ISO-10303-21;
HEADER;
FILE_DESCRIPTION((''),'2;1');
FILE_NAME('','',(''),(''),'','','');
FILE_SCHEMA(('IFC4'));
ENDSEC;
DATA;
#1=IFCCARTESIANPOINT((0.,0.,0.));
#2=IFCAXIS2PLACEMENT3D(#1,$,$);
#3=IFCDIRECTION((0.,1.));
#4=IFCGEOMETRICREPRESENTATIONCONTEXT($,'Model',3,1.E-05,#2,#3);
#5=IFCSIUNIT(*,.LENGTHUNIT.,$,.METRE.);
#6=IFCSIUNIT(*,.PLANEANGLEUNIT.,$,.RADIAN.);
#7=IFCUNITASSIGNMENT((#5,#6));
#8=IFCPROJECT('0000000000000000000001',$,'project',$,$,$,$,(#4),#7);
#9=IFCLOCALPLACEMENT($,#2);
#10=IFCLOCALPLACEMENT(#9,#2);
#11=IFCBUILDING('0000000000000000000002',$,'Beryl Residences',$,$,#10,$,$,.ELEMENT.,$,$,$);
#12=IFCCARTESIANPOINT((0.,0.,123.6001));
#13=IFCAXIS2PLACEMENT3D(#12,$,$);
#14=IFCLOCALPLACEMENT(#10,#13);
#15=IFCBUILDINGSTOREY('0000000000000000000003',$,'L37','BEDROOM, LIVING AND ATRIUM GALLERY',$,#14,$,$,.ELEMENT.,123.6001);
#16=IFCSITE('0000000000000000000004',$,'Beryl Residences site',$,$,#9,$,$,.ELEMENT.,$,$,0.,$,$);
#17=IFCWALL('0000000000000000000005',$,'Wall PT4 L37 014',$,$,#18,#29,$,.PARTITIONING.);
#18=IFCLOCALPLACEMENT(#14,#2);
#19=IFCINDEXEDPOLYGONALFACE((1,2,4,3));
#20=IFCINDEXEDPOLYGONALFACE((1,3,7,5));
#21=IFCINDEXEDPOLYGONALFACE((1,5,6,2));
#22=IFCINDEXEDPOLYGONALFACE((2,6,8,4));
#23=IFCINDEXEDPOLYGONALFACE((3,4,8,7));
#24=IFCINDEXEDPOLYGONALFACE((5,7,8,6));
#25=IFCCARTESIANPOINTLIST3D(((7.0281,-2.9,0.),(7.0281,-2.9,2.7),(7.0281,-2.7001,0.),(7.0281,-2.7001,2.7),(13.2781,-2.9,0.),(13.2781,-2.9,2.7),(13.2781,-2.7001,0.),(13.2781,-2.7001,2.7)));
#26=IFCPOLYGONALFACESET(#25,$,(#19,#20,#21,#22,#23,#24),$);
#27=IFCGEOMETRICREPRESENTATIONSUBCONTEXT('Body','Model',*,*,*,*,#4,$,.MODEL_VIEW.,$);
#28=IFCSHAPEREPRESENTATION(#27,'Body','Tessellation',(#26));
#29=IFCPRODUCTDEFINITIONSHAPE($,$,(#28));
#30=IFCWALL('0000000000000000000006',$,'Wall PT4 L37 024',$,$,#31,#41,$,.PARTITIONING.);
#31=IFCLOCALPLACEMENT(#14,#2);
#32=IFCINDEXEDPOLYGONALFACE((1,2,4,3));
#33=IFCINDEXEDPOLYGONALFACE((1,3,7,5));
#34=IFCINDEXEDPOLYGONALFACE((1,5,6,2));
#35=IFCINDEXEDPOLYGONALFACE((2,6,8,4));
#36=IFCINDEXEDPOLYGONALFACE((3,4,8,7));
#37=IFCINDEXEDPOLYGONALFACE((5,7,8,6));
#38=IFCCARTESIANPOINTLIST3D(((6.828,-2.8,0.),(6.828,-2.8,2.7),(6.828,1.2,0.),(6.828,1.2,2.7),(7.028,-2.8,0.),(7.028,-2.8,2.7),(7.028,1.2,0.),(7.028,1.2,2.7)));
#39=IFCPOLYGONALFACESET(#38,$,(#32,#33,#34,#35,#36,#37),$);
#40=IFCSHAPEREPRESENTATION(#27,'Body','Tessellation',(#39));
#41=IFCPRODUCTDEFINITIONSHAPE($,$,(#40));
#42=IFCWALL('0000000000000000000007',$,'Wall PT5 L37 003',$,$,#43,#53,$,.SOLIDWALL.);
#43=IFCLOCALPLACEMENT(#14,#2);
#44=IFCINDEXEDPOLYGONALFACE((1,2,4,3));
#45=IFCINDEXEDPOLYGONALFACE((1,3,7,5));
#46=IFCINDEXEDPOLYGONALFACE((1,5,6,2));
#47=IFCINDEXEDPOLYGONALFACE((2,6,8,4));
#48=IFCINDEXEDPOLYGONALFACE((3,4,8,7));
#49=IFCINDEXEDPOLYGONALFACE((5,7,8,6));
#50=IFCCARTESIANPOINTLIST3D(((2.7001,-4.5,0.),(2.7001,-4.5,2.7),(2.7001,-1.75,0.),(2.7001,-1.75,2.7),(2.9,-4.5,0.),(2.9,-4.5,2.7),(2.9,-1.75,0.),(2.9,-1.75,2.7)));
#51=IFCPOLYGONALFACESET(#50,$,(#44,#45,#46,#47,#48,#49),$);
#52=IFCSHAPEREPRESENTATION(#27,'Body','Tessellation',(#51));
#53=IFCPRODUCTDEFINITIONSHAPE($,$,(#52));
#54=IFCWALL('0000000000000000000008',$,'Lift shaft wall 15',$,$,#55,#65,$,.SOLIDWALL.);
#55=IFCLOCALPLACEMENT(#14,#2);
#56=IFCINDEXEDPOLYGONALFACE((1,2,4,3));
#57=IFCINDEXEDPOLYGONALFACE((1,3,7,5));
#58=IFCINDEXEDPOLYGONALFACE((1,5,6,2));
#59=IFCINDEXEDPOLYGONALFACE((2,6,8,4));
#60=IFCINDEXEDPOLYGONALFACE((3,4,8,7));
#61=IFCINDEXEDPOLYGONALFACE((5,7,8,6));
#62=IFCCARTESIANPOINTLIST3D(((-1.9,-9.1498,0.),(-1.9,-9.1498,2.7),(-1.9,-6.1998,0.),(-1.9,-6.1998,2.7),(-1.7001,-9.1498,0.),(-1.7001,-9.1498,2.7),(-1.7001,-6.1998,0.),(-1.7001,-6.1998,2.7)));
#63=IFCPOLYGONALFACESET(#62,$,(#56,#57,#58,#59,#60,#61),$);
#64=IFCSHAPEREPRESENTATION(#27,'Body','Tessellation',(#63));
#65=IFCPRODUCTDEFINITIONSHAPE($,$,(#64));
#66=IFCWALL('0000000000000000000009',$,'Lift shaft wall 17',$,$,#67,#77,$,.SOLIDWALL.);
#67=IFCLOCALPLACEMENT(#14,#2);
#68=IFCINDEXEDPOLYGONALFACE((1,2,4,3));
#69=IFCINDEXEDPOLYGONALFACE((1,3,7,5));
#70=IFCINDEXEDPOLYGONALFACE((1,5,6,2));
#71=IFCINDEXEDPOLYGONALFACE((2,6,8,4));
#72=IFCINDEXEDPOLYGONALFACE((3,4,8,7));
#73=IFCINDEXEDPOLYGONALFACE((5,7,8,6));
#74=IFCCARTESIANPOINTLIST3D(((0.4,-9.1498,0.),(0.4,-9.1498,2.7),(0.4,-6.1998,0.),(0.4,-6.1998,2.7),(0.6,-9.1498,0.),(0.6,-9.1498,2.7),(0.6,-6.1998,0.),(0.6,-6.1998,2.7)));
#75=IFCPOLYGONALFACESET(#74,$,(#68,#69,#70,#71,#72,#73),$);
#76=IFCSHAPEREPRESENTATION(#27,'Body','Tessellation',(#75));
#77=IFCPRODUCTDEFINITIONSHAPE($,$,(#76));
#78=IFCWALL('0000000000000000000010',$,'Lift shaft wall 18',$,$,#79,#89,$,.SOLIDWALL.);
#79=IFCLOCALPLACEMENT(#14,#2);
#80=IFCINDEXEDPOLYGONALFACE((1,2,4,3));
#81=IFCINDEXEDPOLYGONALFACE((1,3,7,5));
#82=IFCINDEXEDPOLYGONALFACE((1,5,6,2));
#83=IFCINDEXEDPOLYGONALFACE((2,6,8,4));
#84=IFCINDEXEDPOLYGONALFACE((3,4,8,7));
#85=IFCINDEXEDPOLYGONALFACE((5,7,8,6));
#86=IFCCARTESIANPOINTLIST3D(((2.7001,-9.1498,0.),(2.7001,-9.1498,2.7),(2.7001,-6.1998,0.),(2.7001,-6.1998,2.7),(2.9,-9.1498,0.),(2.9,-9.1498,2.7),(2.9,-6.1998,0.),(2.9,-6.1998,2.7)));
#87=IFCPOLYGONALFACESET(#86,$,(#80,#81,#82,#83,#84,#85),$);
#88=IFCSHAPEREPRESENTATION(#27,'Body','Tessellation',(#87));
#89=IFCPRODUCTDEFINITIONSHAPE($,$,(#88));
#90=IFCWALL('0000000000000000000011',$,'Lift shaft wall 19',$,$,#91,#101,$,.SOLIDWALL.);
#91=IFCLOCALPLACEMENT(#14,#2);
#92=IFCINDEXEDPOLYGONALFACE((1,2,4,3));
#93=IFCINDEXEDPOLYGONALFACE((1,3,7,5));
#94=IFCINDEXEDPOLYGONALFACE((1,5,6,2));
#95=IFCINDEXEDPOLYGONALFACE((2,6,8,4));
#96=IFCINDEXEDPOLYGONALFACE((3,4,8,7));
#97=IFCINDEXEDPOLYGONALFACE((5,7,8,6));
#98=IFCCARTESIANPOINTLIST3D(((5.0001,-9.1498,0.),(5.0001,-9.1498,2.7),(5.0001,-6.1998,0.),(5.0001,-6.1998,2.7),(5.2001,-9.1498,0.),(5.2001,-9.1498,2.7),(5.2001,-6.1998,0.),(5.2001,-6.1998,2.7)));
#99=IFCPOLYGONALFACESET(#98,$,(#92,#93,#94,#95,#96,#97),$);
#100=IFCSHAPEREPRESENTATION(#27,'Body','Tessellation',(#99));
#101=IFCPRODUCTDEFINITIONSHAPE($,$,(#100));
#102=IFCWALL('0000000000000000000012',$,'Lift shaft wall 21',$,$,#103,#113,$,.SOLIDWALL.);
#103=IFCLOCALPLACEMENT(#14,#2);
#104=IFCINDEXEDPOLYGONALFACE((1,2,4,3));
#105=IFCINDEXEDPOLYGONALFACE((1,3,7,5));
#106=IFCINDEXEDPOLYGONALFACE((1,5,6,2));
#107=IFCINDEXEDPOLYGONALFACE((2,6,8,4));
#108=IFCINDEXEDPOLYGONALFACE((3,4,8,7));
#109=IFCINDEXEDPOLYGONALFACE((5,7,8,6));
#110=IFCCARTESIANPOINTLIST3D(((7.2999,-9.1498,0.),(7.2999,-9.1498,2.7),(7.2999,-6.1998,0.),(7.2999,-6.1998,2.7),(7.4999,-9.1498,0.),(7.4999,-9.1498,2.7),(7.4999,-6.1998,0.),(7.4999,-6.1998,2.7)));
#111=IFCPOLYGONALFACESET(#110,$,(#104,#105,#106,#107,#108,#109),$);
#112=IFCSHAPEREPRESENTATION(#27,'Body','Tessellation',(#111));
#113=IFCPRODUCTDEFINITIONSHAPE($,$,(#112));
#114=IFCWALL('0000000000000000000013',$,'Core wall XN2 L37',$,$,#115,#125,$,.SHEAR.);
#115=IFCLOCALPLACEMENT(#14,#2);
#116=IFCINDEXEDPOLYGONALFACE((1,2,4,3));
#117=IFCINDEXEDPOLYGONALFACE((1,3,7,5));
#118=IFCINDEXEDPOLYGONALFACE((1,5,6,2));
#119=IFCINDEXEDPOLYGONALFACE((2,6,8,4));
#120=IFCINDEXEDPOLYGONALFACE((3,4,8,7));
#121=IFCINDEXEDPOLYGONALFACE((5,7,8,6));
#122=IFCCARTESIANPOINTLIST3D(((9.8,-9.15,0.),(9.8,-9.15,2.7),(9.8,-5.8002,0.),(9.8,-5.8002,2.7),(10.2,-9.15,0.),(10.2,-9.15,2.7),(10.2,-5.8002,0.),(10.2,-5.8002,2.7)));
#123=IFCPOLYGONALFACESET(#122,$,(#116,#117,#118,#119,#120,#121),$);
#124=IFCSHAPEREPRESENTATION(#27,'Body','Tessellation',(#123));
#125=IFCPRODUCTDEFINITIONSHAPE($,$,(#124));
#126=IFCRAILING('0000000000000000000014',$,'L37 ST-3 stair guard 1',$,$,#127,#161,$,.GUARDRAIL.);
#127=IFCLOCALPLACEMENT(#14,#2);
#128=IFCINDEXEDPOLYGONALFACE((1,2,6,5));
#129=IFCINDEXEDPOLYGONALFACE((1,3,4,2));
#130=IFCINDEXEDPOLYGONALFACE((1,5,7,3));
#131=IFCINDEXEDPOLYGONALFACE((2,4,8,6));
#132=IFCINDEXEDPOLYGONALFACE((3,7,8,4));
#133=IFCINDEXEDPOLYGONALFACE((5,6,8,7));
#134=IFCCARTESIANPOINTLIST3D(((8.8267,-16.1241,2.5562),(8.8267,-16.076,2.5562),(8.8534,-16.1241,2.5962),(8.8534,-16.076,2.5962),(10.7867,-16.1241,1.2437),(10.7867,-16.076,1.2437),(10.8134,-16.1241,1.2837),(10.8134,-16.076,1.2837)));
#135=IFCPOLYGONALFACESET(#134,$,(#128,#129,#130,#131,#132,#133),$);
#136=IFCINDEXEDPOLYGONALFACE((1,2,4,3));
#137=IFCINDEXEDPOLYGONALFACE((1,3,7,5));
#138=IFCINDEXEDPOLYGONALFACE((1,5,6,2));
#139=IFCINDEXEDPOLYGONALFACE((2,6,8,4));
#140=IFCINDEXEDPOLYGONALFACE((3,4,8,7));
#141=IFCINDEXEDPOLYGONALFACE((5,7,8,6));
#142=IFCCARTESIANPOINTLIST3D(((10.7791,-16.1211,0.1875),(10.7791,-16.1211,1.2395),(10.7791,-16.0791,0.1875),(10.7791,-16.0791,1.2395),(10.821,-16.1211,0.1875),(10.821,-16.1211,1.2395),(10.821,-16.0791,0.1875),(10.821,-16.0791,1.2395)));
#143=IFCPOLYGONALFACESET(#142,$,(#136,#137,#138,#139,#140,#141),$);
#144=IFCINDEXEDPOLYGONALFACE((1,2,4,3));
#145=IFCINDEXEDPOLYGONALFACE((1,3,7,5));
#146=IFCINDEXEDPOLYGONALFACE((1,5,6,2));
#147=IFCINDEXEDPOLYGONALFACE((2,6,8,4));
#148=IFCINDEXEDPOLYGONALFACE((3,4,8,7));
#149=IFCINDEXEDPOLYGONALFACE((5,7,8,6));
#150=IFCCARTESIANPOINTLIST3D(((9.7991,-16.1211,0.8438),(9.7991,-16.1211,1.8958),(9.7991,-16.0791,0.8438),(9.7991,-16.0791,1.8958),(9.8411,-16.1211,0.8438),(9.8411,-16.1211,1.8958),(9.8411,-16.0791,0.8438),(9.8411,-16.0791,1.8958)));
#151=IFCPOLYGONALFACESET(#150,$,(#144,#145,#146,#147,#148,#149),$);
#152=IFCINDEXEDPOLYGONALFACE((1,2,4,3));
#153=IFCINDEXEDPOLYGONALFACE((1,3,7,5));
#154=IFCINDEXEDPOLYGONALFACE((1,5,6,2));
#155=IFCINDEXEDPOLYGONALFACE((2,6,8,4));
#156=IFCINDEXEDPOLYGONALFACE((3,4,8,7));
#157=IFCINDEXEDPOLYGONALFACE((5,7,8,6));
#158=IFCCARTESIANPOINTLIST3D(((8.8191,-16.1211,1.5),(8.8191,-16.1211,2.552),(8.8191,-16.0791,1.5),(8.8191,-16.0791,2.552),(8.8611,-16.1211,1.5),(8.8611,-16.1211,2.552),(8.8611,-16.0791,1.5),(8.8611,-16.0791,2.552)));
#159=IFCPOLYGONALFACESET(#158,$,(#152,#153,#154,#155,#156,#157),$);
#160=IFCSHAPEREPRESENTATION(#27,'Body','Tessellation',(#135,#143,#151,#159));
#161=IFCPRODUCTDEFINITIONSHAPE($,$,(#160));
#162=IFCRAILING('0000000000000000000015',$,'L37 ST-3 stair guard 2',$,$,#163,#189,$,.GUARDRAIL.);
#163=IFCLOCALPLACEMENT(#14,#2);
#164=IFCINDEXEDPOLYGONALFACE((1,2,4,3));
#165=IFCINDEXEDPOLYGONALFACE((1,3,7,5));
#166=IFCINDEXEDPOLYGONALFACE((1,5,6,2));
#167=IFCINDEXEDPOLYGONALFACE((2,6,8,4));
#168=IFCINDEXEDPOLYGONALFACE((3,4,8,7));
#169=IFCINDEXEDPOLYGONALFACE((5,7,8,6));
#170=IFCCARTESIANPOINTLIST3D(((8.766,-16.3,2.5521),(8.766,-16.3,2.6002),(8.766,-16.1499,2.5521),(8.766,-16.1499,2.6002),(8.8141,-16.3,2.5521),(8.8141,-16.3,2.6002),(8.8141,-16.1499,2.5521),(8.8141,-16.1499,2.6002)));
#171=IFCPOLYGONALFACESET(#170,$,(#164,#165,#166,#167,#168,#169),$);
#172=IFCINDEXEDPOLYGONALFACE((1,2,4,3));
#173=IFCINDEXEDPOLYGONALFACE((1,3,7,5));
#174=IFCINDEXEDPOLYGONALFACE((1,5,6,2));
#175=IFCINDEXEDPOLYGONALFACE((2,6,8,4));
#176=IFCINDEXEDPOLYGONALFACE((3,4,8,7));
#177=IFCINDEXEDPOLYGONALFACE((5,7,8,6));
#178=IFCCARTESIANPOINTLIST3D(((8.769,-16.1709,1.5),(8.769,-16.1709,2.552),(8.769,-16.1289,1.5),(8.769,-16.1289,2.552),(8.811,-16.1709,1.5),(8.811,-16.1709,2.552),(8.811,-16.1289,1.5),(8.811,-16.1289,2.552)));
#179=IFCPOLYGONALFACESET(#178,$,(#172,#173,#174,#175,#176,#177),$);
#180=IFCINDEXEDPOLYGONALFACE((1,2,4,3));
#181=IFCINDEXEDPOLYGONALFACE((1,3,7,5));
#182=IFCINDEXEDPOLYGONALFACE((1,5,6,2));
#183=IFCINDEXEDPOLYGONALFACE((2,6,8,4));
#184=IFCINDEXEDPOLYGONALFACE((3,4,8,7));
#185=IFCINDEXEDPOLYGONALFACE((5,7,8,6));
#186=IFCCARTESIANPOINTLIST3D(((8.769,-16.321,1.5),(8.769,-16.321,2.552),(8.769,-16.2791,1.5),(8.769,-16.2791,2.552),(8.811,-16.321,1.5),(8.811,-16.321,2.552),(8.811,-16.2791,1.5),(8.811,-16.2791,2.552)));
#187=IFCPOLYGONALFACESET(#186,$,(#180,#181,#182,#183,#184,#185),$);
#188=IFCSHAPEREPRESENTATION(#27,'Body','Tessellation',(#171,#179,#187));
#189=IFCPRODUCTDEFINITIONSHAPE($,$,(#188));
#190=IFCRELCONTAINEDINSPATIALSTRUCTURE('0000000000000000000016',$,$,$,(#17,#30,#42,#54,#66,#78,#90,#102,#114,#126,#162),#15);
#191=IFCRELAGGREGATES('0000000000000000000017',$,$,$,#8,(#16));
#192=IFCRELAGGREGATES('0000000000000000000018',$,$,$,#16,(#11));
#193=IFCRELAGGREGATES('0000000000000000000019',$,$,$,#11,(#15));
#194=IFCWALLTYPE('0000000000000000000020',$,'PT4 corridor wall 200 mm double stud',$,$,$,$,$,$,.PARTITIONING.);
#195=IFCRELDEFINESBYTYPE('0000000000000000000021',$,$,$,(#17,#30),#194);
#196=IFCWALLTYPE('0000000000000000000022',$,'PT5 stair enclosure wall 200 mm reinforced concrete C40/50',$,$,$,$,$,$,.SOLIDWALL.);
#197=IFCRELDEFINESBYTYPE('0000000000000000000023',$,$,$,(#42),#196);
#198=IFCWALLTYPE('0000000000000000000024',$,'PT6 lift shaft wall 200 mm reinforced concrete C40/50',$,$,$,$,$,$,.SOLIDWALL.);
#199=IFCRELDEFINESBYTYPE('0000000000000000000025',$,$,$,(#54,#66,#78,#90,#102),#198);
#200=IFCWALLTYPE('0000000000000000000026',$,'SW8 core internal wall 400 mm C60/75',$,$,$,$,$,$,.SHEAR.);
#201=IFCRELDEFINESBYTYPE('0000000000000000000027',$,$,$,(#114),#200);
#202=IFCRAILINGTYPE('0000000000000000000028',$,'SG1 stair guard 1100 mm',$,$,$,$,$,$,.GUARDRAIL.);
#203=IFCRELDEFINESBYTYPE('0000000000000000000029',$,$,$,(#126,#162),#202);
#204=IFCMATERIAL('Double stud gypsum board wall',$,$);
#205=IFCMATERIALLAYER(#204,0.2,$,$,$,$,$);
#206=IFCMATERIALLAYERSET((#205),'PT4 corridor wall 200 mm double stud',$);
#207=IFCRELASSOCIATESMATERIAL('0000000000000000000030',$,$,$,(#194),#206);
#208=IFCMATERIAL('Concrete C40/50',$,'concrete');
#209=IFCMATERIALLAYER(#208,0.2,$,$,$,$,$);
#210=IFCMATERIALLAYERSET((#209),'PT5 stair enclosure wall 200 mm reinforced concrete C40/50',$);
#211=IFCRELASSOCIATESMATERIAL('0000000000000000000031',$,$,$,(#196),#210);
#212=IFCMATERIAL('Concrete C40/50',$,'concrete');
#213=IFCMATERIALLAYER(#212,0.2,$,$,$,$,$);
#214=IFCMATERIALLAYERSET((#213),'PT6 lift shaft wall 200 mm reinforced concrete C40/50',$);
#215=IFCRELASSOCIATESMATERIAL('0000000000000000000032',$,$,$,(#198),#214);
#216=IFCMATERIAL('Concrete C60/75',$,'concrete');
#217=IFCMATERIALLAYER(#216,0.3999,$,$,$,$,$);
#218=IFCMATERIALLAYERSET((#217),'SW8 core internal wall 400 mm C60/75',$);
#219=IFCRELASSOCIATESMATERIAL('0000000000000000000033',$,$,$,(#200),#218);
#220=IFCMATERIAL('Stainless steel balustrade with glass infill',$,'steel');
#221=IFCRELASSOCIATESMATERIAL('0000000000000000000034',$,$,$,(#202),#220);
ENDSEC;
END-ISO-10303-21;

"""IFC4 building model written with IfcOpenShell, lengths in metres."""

from ifc_helpers import new_model, si_unit, direction, frame, frame_2d, origin, origin_2d, place, context, subcontext, project, spatial, rectangle, extrude, material, layer, layer_set, type_object, element, save


model = new_model("IFC4")

# Units and contexts
model_context = context("Model", 3, precision=1e-05, world=origin(), true_north=direction((0.0, 1.0)))
body_context = subcontext(model_context, "Body", "Model", "MODEL_VIEW")
ifc_project = project(units=[si_unit("LENGTHUNIT", "METRE"), si_unit("PLANEANGLEUNIT", "RADIAN")], contexts=[model_context])

# Site, building, storey
site_placement = place(None, origin())
site = spatial("IfcSite", under=ifc_project, at=site_placement, Name="Beryl Residences site", CompositionType="ELEMENT", RefElevation=0.0)
building_placement = place(site_placement, origin())
building = spatial("IfcBuilding", under=site, at=building_placement, Name="Beryl Residences", CompositionType="ELEMENT")
storey_placement = place(building_placement, frame((0.0, 0.0, 123.6001)))
storey = spatial("IfcBuildingStorey", under=building, at=storey_placement, Name="L37", Description="BEDROOM, LIVING AND ATRIUM GALLERY", CompositionType="ELEMENT", Elevation=123.6001)

# Walls
ifc_material_1 = material(Name="Double stud gypsum board wall")
ifc_layer_1 = layer(ifc_material_1, 0.2)
ifc_layer_set_1 = layer_set([ifc_layer_1], Name="PT4 corridor wall 200 mm double stud")
wall_type_1 = type_object("IfcWallType", Name="PT4 corridor wall 200 mm double stud", PredefinedType="PARTITIONING", material=ifc_layer_set_1)
wall_1_placement = place(storey_placement, frame((7.0281, -2.8, 0.0), z_axis=(0.0, 0.0, 1.0), x_axis=(1.0, 0.0, 0.0)))
element("IfcWall", 1, at=wall_1_placement, inside=storey, type_object=wall_type_1, Name="Wall PT4 L37 014", PredefinedType="PARTITIONING", context=body_context, shape_type="SweptSolid", body=[
    extrude(rectangle(XDim=6.25, YDim=0.2, at=frame_2d((3.125, 0.0))), origin(), (0.0, 0.0, 1.0), 2.7),
])
wall_2_placement = place(storey_placement, frame((6.928, -2.8, 0.0), z_axis=(0.0, 0.0, 1.0), x_axis=(0.0, 1.0, 0.0)))
element("IfcWall", 2, at=wall_2_placement, inside=storey, type_object=wall_type_1, Name="Wall PT4 L37 024", PredefinedType="PARTITIONING", context=body_context, shape_type="SweptSolid", body=[
    extrude(rectangle(XDim=4.0, YDim=0.2, at=frame_2d((2.0, 0.0))), origin(), (0.0, 0.0, 1.0), 2.7),
])
ifc_material_2 = material(Name="Concrete C40/50", Category="concrete")
ifc_layer_2 = layer(ifc_material_2, 0.2)
ifc_layer_set_2 = layer_set([ifc_layer_2], Name="PT5 stair enclosure wall 200 mm reinforced concrete C40/50")
wall_type_2 = type_object("IfcWallType", Name="PT5 stair enclosure wall 200 mm reinforced concrete C40/50", PredefinedType="SOLIDWALL", material=ifc_layer_set_2)
wall_3_placement = place(storey_placement, frame((2.8, -4.5, 0.0), z_axis=(0.0, 0.0, 1.0), x_axis=(0.0, 1.0, 0.0)))
element("IfcWall", 3, at=wall_3_placement, inside=storey, type_object=wall_type_2, Name="Wall PT5 L37 003", PredefinedType="SOLIDWALL", context=body_context, shape_type="SweptSolid", body=[
    extrude(rectangle(XDim=2.75, YDim=0.2, at=frame_2d((1.375, 0.0))), origin(), (0.0, 0.0, 1.0), 2.7),
])
ifc_material_3 = material(Name="Concrete C40/50", Category="concrete")
ifc_layer_3 = layer(ifc_material_3, 0.2)
ifc_layer_set_3 = layer_set([ifc_layer_3], Name="PT6 lift shaft wall 200 mm reinforced concrete C40/50")
wall_type_3 = type_object("IfcWallType", Name="PT6 lift shaft wall 200 mm reinforced concrete C40/50", PredefinedType="SOLIDWALL", material=ifc_layer_set_3)
for number, where, z_axis, x_axis, name in (
    (4, (-1.8, -9.1499, 0.0), (0.0, 0.0, 1.0), (0.0, 1.0, 0.0), "Lift shaft wall 15"),
    (5, (0.5, -9.1499, 0.0), (0.0, 0.0, 1.0), (0.0, 1.0, 0.0), "Lift shaft wall 17"),
    (6, (2.8, -9.1499, 0.0), (0.0, 0.0, 1.0), (0.0, 1.0, 0.0), "Lift shaft wall 18"),
    (7, (5.1001, -9.1499, 0.0), (0.0, 0.0, 1.0), (0.0, 1.0, 0.0), "Lift shaft wall 19"),
    (8, (7.3999, -9.1499, 0.0), (0.0, 0.0, 1.0), (0.0, 1.0, 0.0), "Lift shaft wall 21"),
):
    element("IfcWall", number, at=place(storey_placement, frame(where, z_axis=z_axis, x_axis=x_axis)), inside=storey, type_object=wall_type_3, Name=name, PredefinedType="SOLIDWALL", context=body_context, shape_type="SweptSolid", body=[
        extrude(rectangle(XDim=2.95, YDim=0.2, at=frame_2d((1.4751, 0.0))), origin(), (0.0, 0.0, 1.0), 2.7),
    ])
ifc_material_4 = material(Name="Concrete C60/75", Category="concrete")
ifc_layer_4 = layer(ifc_material_4, 0.3999)
ifc_layer_set_4 = layer_set([ifc_layer_4], Name="SW8 core internal wall 400 mm C60/75")
wall_type_4 = type_object("IfcWallType", Name="SW8 core internal wall 400 mm C60/75", PredefinedType="SHEAR", material=ifc_layer_set_4)
wall_4_placement = place(storey_placement, frame((10.0, -9.1499, 0.0), z_axis=(0.0, 0.0, 1.0), x_axis=(0.0, 1.0, 0.0)))
element("IfcWall", 9, at=wall_4_placement, inside=storey, type_object=wall_type_4, Name="Core wall XN2 L37", PredefinedType="SHEAR", context=body_context, shape_type="SweptSolid", body=[
    extrude(rectangle(XDim=3.3499, YDim=0.3999, at=frame_2d((1.6748, 0.0))), origin(), (0.0, 0.0, 1.0), 2.7),
])

# Railings
ifc_material_5 = material(Name="Stainless steel balustrade with glass infill", Category="steel")
railing_type_1 = type_object("IfcRailingType", Name="SG1 stair guard 1100 mm", PredefinedType="GUARDRAIL", material=ifc_material_5)
railing_1_placement = place(storey_placement, frame((10.8, -16.1001, 0.1875)))
element("IfcRailing", 10, at=railing_1_placement, inside=storey, type_object=railing_type_1, Name="L37 ST-3 stair guard 1", PredefinedType="GUARDRAIL", context=body_context, shape_type="SweptSolid", body=[
    extrude(rectangle(XDim=0.0481, YDim=0.0481, at=origin_2d()), frame((0.0, 0.0, 1.0762), z_axis=(-0.830902, 0.0, 0.556419), x_axis=(0.0, -1.0, 0.0)), (0.0, 0.0, 1.0), 2.3589),
    extrude(rectangle(XDim=0.042, YDim=0.042, at=origin_2d()), origin(), (0.0, 0.0, 1.0), 1.052),
    extrude(rectangle(XDim=0.042, YDim=0.042, at=origin_2d()), frame((-0.98, 0.0, 0.6562)), (0.0, 0.0, 1.0), 1.052),
    extrude(rectangle(XDim=0.042, YDim=0.042, at=origin_2d()), frame((-1.96, 0.0, 1.3125)), (0.0, 0.0, 1.0), 1.052),
])
railing_2_placement = place(storey_placement, frame((8.79, -16.1499, 1.5)))
element("IfcRailing", 11, at=railing_2_placement, inside=storey, type_object=railing_type_1, Name="L37 ST-3 stair guard 2", PredefinedType="GUARDRAIL", context=body_context, shape_type="SweptSolid", body=[
    extrude(rectangle(XDim=0.0481, YDim=0.0481, at=origin_2d()), frame((0.0, 0.0, 1.0762), z_axis=(0.0, -1.0, 0.0), x_axis=(1.0, 0.0, 0.0)), (0.0, 0.0, 1.0), 0.1501),
    extrude(rectangle(XDim=0.042, YDim=0.042, at=origin_2d()), origin(), (0.0, 0.0, 1.0), 1.052),
    extrude(rectangle(XDim=0.042, YDim=0.042, at=origin_2d()), frame((0.0, -0.1501, 0.0)), (0.0, 0.0, 1.0), 1.052),
])

save(model, "model.ifc")
